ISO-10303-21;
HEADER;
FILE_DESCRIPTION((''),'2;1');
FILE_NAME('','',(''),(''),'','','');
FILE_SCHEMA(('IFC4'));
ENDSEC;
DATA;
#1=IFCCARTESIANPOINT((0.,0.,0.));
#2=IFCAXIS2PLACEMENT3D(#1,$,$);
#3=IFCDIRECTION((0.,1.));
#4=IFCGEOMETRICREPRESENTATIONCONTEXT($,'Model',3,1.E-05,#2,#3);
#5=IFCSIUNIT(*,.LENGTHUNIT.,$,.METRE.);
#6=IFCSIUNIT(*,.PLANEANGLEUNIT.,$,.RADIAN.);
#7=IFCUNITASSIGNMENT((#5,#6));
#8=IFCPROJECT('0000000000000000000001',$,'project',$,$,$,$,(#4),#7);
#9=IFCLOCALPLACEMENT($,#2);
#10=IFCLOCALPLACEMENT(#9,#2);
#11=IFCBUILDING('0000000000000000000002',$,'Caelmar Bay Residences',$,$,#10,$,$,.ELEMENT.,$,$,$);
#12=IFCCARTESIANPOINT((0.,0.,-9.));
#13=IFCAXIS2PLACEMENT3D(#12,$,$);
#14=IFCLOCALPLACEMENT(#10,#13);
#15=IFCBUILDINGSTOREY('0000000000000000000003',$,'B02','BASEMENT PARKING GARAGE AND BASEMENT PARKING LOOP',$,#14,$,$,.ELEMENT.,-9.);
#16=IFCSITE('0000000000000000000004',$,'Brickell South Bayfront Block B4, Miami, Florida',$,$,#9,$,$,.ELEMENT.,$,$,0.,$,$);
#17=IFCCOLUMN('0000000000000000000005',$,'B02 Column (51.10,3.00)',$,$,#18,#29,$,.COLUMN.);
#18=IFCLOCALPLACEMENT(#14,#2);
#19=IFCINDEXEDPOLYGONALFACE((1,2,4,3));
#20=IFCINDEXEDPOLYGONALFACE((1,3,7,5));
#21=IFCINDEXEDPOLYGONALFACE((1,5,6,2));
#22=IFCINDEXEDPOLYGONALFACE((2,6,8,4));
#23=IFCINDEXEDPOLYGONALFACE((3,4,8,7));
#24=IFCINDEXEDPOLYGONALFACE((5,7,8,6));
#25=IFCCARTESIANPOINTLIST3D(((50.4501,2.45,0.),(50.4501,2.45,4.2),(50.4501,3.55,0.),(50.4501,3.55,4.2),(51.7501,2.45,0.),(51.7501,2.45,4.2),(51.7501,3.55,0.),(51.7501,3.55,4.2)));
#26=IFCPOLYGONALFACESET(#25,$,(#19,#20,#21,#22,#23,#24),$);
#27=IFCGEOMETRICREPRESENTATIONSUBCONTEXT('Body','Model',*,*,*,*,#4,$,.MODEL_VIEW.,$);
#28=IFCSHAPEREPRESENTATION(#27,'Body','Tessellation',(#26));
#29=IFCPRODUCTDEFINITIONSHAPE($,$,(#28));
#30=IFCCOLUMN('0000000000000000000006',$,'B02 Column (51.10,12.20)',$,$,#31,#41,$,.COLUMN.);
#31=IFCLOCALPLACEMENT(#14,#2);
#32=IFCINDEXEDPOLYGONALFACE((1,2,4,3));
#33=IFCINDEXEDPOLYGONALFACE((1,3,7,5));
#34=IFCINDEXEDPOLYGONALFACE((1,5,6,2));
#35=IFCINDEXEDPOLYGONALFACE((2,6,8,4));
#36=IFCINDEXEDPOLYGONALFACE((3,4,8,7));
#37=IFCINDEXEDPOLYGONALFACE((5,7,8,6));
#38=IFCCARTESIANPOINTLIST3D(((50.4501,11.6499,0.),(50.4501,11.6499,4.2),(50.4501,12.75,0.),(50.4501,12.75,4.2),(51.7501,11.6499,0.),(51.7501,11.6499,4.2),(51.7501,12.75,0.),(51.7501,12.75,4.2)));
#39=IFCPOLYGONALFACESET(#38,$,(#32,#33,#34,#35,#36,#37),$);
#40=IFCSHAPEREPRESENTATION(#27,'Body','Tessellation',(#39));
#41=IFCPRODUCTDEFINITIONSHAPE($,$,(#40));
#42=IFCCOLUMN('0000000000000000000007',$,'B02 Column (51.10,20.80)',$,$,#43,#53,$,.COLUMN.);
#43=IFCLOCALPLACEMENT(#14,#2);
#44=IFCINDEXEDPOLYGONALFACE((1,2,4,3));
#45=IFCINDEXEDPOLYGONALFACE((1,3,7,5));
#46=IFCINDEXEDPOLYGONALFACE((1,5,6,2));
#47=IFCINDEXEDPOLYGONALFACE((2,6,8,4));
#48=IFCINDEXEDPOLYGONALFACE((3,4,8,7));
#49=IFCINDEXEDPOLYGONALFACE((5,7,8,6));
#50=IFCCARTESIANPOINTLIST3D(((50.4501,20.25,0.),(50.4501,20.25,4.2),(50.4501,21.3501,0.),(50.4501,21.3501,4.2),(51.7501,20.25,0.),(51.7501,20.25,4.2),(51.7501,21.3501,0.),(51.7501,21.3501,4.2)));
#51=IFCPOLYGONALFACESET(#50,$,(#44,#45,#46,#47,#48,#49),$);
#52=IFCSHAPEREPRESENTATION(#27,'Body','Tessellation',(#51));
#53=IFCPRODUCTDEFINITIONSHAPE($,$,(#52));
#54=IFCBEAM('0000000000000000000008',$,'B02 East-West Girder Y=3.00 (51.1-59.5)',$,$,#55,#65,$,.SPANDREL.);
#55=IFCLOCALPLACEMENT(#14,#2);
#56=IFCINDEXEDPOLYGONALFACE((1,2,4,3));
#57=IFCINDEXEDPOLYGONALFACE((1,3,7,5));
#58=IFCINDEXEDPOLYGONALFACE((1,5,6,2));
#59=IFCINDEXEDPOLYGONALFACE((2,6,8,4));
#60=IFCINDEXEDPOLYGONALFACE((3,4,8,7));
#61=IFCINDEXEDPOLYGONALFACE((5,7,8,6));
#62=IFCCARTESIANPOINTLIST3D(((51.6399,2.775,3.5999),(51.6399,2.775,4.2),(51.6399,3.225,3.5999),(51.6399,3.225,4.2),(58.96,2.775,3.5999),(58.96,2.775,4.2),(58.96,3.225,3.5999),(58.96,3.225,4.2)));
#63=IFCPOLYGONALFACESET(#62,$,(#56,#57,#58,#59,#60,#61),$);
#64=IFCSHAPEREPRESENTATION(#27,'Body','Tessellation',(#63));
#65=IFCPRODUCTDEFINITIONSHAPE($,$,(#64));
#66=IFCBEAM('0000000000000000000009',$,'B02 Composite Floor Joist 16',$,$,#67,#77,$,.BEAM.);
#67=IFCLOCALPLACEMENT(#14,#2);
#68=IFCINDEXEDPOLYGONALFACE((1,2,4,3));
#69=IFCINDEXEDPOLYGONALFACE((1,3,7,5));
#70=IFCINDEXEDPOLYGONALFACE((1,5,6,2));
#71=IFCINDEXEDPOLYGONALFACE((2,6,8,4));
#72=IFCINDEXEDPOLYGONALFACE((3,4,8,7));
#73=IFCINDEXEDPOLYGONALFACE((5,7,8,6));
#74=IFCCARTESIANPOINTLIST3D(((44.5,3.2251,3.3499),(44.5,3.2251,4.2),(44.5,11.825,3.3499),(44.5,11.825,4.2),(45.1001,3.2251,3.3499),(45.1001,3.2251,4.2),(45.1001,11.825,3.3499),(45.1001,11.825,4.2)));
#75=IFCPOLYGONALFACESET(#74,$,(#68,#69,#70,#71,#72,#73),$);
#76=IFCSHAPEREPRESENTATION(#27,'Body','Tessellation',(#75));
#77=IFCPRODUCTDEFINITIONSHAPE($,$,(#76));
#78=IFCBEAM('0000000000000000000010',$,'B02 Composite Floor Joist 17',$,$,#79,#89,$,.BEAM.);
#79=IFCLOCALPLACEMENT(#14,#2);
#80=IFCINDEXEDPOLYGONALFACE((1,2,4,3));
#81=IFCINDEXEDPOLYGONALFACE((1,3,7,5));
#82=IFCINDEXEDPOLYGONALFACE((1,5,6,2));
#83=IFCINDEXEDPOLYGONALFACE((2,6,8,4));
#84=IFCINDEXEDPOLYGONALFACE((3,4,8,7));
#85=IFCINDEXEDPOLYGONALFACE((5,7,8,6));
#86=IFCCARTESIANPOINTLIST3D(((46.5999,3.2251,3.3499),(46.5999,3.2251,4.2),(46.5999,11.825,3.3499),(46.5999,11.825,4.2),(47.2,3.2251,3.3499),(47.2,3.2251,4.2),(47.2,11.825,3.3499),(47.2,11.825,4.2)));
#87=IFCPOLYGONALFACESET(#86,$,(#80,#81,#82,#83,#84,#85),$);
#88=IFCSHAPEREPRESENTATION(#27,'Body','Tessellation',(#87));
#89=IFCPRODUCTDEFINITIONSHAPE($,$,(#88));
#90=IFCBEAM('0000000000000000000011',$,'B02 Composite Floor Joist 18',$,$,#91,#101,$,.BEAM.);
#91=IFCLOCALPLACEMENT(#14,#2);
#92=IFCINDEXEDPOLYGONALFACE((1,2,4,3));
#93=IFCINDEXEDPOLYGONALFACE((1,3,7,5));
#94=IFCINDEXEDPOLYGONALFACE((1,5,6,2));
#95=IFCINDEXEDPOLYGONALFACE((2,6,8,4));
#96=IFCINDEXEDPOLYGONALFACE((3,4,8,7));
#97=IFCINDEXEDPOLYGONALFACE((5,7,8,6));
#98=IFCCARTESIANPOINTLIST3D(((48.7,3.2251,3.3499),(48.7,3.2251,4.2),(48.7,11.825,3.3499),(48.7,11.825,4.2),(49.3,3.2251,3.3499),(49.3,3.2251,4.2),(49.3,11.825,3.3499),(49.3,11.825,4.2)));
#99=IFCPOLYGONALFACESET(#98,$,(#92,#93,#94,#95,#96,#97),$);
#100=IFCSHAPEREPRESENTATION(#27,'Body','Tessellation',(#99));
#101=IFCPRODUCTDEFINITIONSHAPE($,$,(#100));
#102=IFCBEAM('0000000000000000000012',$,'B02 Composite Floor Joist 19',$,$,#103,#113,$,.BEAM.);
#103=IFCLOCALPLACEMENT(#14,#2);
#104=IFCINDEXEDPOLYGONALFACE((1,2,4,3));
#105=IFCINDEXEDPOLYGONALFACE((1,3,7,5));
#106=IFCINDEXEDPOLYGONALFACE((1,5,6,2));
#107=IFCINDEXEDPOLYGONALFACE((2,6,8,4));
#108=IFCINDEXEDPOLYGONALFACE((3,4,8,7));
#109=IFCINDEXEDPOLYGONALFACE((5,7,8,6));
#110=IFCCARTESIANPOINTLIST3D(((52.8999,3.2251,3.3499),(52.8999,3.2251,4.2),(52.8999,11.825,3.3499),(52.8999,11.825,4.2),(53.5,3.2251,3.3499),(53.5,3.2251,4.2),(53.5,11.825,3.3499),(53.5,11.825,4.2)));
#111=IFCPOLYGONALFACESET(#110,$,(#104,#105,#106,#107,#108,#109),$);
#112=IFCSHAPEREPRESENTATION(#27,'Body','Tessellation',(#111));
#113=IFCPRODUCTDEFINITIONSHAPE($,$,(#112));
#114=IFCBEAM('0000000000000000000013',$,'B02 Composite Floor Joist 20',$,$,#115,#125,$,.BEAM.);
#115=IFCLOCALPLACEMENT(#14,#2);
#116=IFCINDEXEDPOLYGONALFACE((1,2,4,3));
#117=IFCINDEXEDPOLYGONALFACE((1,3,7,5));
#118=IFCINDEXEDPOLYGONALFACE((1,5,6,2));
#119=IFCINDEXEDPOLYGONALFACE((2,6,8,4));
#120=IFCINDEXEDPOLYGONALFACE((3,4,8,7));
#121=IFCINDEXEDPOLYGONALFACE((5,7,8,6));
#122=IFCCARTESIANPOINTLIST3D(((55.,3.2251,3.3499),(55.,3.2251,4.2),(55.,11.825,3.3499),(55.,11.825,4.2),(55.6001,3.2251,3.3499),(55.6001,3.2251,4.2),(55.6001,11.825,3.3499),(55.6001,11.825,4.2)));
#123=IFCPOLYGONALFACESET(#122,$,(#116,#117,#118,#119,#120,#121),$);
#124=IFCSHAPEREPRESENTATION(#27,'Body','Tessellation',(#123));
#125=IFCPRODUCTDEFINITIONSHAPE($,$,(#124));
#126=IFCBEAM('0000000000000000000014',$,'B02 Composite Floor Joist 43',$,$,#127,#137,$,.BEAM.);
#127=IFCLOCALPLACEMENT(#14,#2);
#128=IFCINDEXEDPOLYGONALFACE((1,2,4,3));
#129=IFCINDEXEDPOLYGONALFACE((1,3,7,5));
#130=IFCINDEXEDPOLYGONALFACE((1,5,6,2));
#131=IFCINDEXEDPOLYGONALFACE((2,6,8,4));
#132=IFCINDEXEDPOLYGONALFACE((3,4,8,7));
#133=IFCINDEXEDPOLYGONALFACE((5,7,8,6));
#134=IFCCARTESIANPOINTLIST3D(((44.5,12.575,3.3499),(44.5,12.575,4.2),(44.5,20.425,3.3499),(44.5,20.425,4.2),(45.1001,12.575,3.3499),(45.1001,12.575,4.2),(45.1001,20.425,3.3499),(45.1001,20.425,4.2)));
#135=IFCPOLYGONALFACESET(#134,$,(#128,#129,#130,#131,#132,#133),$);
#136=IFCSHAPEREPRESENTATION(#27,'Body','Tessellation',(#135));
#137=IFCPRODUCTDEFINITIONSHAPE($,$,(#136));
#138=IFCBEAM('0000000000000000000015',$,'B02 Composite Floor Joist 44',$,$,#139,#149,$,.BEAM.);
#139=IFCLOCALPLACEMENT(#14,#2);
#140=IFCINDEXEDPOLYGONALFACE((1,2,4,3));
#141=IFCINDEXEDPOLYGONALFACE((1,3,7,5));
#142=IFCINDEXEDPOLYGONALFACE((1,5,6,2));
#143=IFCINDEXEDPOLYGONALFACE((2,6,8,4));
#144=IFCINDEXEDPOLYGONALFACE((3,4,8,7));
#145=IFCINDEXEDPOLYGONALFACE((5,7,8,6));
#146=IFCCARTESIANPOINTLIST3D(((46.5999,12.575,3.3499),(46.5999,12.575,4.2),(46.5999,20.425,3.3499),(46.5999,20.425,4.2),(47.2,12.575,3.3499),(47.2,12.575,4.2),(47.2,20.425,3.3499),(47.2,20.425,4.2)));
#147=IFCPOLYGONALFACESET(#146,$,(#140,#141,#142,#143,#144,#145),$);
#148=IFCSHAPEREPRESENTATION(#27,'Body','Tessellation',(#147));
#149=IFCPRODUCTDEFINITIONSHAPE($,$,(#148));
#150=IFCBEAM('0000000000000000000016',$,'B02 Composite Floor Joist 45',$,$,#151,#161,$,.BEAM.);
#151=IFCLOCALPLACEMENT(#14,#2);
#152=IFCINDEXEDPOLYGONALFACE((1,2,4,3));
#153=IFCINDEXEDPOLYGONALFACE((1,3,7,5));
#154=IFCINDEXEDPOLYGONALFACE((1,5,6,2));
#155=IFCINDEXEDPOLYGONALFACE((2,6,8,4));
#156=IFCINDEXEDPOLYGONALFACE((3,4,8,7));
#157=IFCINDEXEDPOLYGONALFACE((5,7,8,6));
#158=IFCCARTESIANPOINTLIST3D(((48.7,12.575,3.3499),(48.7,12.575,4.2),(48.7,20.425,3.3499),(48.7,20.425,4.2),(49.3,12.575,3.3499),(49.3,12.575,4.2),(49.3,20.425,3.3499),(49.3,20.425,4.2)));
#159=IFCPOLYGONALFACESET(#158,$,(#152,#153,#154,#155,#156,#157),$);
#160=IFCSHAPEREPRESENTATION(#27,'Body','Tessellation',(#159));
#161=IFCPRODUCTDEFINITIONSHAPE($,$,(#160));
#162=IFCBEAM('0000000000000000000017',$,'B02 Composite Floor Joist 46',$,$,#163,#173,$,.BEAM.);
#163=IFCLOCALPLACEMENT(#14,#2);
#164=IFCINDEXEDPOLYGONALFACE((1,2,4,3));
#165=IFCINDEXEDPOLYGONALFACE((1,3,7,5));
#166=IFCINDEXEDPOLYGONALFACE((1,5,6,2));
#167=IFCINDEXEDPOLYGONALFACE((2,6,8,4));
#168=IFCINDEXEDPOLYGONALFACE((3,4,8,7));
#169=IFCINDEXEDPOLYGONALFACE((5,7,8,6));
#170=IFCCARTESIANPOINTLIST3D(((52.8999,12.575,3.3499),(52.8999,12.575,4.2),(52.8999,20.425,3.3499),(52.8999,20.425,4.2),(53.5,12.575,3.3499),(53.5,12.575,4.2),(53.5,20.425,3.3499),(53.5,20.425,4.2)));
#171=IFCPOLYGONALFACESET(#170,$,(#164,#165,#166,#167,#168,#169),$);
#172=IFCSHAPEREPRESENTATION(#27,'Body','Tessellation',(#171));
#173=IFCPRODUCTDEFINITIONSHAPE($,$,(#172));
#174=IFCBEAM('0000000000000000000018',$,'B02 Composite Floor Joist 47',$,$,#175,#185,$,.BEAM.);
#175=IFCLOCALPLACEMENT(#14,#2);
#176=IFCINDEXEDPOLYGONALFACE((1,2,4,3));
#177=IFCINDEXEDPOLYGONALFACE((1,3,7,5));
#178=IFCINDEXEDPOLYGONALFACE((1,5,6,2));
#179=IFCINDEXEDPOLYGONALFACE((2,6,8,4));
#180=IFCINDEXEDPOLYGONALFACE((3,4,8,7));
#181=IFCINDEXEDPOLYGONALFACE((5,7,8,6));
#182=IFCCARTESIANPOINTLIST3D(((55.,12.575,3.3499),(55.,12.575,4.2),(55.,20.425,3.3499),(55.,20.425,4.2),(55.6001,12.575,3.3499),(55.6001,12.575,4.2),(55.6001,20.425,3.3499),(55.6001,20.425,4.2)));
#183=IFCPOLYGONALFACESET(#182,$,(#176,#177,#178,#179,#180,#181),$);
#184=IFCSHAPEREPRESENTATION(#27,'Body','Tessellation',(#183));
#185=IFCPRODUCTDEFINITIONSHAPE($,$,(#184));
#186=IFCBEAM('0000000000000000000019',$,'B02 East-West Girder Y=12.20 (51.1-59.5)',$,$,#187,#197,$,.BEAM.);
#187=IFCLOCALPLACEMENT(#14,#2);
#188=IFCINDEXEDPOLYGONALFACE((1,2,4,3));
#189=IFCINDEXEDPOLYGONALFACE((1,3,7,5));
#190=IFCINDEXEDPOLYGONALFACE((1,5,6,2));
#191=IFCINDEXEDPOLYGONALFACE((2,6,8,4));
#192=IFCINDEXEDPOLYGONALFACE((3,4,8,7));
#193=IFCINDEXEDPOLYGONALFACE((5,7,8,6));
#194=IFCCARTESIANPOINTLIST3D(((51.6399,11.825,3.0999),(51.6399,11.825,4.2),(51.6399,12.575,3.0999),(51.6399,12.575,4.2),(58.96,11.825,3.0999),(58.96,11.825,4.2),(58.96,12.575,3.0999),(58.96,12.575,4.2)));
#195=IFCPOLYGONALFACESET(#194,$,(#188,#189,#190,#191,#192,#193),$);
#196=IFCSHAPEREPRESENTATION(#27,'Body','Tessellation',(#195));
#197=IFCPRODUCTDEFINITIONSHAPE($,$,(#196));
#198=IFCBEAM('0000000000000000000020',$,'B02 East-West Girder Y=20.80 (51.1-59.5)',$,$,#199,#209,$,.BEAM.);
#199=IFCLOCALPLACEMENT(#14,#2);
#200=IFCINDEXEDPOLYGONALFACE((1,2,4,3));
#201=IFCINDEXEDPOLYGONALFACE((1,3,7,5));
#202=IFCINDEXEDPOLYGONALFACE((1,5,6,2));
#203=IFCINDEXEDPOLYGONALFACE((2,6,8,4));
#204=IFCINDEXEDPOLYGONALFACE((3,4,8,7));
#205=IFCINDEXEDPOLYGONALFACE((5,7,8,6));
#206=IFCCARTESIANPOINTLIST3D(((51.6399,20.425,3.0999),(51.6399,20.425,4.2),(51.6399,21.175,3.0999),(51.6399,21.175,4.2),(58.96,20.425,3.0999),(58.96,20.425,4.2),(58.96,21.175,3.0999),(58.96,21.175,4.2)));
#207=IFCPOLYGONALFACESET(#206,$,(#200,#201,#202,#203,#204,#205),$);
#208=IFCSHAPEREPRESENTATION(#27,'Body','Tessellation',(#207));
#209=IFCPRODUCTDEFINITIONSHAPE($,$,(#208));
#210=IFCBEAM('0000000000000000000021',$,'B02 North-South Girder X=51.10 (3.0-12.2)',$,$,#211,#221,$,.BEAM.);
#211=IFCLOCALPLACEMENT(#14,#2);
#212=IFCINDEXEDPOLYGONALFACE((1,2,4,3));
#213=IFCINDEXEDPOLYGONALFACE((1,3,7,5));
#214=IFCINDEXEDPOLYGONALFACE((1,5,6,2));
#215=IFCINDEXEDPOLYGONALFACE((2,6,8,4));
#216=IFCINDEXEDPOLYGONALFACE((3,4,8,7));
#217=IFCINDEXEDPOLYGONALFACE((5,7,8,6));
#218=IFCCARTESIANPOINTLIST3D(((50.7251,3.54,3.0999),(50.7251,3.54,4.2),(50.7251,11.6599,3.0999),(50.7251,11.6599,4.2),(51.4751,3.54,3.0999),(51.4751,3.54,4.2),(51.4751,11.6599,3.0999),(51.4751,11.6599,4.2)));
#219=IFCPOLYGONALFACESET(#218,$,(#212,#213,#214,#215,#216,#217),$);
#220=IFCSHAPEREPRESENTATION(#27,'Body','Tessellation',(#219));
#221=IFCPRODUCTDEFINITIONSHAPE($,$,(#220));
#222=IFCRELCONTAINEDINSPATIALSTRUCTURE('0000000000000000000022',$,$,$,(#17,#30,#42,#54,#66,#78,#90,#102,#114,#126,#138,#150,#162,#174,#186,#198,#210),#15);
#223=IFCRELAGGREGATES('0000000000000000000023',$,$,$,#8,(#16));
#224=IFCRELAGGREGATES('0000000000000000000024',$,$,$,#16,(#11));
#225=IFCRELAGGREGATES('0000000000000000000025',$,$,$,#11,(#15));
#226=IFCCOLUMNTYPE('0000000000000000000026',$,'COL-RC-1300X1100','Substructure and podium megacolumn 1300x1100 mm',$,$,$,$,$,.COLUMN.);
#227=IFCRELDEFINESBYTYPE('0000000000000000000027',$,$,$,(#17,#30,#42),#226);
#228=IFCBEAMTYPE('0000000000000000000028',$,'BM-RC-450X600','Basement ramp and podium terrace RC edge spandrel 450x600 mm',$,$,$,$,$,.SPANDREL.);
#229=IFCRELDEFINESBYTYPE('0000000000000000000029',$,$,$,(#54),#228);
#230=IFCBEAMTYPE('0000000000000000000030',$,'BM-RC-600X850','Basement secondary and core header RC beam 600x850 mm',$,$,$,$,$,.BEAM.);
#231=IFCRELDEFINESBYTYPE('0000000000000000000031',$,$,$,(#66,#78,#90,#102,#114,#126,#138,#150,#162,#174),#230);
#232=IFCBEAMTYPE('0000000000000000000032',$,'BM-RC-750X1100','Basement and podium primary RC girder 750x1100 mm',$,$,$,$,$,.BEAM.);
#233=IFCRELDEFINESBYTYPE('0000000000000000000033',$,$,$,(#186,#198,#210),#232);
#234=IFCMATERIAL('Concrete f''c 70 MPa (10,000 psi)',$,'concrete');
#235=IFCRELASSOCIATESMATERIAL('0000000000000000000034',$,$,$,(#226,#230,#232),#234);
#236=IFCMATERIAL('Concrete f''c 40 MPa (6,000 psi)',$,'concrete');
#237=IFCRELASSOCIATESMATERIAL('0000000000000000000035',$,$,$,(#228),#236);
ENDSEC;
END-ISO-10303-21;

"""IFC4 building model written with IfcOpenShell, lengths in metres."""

from ifc_helpers import new_model, si_unit, direction, frame, origin, origin_2d, place, context, subcontext, project, spatial, rectangle, extrude, material, material_profile, profile_set, type_object, element, save


model = new_model("IFC4")

# Units and contexts
model_context = context("Model", 3, precision=1e-05, world=origin(), true_north=direction((0.0, 1.0)))
body_context = subcontext(model_context, "Body", "Model", "MODEL_VIEW")
ifc_project = project(units=[si_unit("LENGTHUNIT", "METRE"), si_unit("PLANEANGLEUNIT", "RADIAN")], contexts=[model_context])

# Site, building, storey
site_placement = place(None, origin())
site = spatial("IfcSite", under=ifc_project, at=site_placement, Name="Brickell South Bayfront Block B4, Miami, Florida", CompositionType="ELEMENT", RefElevation=0.0)
building_placement = place(site_placement, origin())
building = spatial("IfcBuilding", under=site, at=building_placement, Name="Caelmar Bay Residences", CompositionType="ELEMENT")
storey_placement = place(building_placement, frame((0.0, 0.0, -9.0)))
storey = spatial("IfcBuildingStorey", under=building, at=storey_placement, Name="B02", Description="BASEMENT PARKING GARAGE AND BASEMENT PARKING LOOP", CompositionType="ELEMENT", Elevation=-9.0)

# Columns
ifc_material_1 = material(Name="Concrete f'c 70 MPa (10,000 psi)", Category="concrete")
ifc_material_profile_1 = material_profile(ifc_material_1, rectangle(XDim=1.3, YDim=1.1001, at=origin_2d()), Name="RC-COL-1300X1100")
ifc_profile_set_1 = profile_set([ifc_material_profile_1], Name="Concrete f'c 70 MPa (10,000 psi)")
column_type = type_object("IfcColumnType", Name="COL-RC-1300X1100", Description="Substructure and podium megacolumn 1300x1100 mm", PredefinedType="COLUMN", material=ifc_profile_set_1)
for number, where, z_axis, x_axis, name in (
    (1, (51.1001, 3.0, 0.0), (0.0, 0.0, 1.0), (1.0, 0.0, 0.0), "B02 Column (51.10,3.00)"),
    (2, (51.1001, 12.2, 0.0), (0.0, 0.0, 1.0), (1.0, 0.0, 0.0), "B02 Column (51.10,12.20)"),
    (3, (51.1001, 20.8, 0.0), (0.0, 0.0, 1.0), (1.0, 0.0, 0.0), "B02 Column (51.10,20.80)"),
):
    element("IfcColumn", number, at=place(storey_placement, frame(where, z_axis=z_axis, x_axis=x_axis)), inside=storey, type_object=column_type, Name=name, PredefinedType="COLUMN", context=body_context, shape_type="SweptSolid", body=[
        extrude(rectangle(XDim=1.3, YDim=1.1001, at=origin_2d()), origin(), (0.0, 0.0, 1.0), 4.2),
    ])

# Beams
ifc_material_2 = material(Name="Concrete f'c 40 MPa (6,000 psi)", Category="concrete")
ifc_material_profile_2 = material_profile(ifc_material_2, rectangle(XDim=0.45, YDim=0.6001, at=origin_2d()), Name="RC-BM-450X600")
ifc_profile_set_2 = profile_set([ifc_material_profile_2], Name="Concrete f'c 40 MPa (6,000 psi)")
beam_type_1 = type_object("IfcBeamType", Name="BM-RC-450X600", Description="Basement ramp and podium terrace RC edge spandrel 450x600 mm", PredefinedType="SPANDREL", material=ifc_profile_set_2)
beam_1_placement = place(storey_placement, frame((51.6399, 3.0, 3.8999), z_axis=(1.0, 0.0, 0.0), x_axis=(0.0, 1.0, 0.0)))
element("IfcBeam", 4, at=beam_1_placement, inside=storey, type_object=beam_type_1, Name="B02 East-West Girder Y=3.00 (51.1-59.5)", PredefinedType="SPANDREL", context=body_context, shape_type="SweptSolid", body=[
    extrude(rectangle(XDim=0.45, YDim=0.6001, at=origin_2d()), origin(), (0.0, 0.0, 1.0), 7.3201),
])
ifc_material_profile_3 = material_profile(ifc_material_1, rectangle(XDim=0.6001, YDim=0.8501, at=origin_2d()), Name="RC-BM-600X850")
ifc_profile_set_3 = profile_set([ifc_material_profile_3], Name="Concrete f'c 70 MPa (10,000 psi)")
beam_type_2 = type_object("IfcBeamType", Name="BM-RC-600X850", Description="Basement secondary and core header RC beam 600x850 mm", PredefinedType="BEAM", material=ifc_profile_set_3)
for number, where, z_axis, x_axis, name in (
    (5, (44.8, 3.2251, 3.7749), (0.0, 1.0, 0.0), (-1.0, 0.0, 0.0), "B02 Composite Floor Joist 16"),
    (6, (46.8999, 3.2251, 3.7749), (0.0, 1.0, 0.0), (-1.0, 0.0, 0.0), "B02 Composite Floor Joist 17"),
    (7, (49.0, 3.2251, 3.7749), (0.0, 1.0, 0.0), (-1.0, 0.0, 0.0), "B02 Composite Floor Joist 18"),
    (8, (53.2, 3.2251, 3.7749), (0.0, 1.0, 0.0), (-1.0, 0.0, 0.0), "B02 Composite Floor Joist 19"),
    (9, (55.3, 3.2251, 3.7749), (0.0, 1.0, 0.0), (-1.0, 0.0, 0.0), "B02 Composite Floor Joist 20"),
):
    element("IfcBeam", number, at=place(storey_placement, frame(where, z_axis=z_axis, x_axis=x_axis)), inside=storey, type_object=beam_type_2, Name=name, PredefinedType="BEAM", context=body_context, shape_type="SweptSolid", body=[
        extrude(rectangle(XDim=0.6001, YDim=0.8501, at=origin_2d()), origin(), (0.0, 0.0, 1.0), 8.5999),
    ])
for number, where, z_axis, x_axis, name in (
    (10, (44.8, 12.575, 3.7749), (0.0, 1.0, 0.0), (-1.0, 0.0, 0.0), "B02 Composite Floor Joist 43"),
    (11, (46.8999, 12.575, 3.7749), (0.0, 1.0, 0.0), (-1.0, 0.0, 0.0), "B02 Composite Floor Joist 44"),
    (12, (49.0, 12.575, 3.7749), (0.0, 1.0, 0.0), (-1.0, 0.0, 0.0), "B02 Composite Floor Joist 45"),
    (13, (53.2, 12.575, 3.7749), (0.0, 1.0, 0.0), (-1.0, 0.0, 0.0), "B02 Composite Floor Joist 46"),
    (14, (55.3, 12.575, 3.7749), (0.0, 1.0, 0.0), (-1.0, 0.0, 0.0), "B02 Composite Floor Joist 47"),
):
    element("IfcBeam", number, at=place(storey_placement, frame(where, z_axis=z_axis, x_axis=x_axis)), inside=storey, type_object=beam_type_2, Name=name, PredefinedType="BEAM", context=body_context, shape_type="SweptSolid", body=[
        extrude(rectangle(XDim=0.6001, YDim=0.8501, at=origin_2d()), origin(), (0.0, 0.0, 1.0), 7.8501),
    ])
ifc_material_profile_4 = material_profile(ifc_material_1, rectangle(XDim=0.75, YDim=1.1001, at=origin_2d()), Name="RC-BM-750X1100")
ifc_profile_set_4 = profile_set([ifc_material_profile_4], Name="Concrete f'c 70 MPa (10,000 psi)")
beam_type_3 = type_object("IfcBeamType", Name="BM-RC-750X1100", Description="Basement and podium primary RC girder 750x1100 mm", PredefinedType="BEAM", material=ifc_profile_set_4)
for number, where, z_axis, x_axis, name in (
    (15, (51.6399, 12.2, 3.6499), (1.0, 0.0, 0.0), (0.0, 1.0, 0.0), "B02 East-West Girder Y=12.20 (51.1-59.5)"),
    (16, (51.6399, 20.8, 3.6499), (1.0, 0.0, 0.0), (0.0, 1.0, 0.0), "B02 East-West Girder Y=20.80 (51.1-59.5)"),
):
    element("IfcBeam", number, at=place(storey_placement, frame(where, z_axis=z_axis, x_axis=x_axis)), inside=storey, type_object=beam_type_3, Name=name, PredefinedType="BEAM", context=body_context, shape_type="SweptSolid", body=[
        extrude(rectangle(XDim=0.75, YDim=1.1001, at=origin_2d()), origin(), (0.0, 0.0, 1.0), 7.3201),
    ])
beam_2_placement = place(storey_placement, frame((51.1001, 3.54, 3.6499), z_axis=(0.0, 1.0, 0.0), x_axis=(-1.0, 0.0, 0.0)))
element("IfcBeam", 17, at=beam_2_placement, inside=storey, type_object=beam_type_3, Name="B02 North-South Girder X=51.10 (3.0-12.2)", PredefinedType="BEAM", context=body_context, shape_type="SweptSolid", body=[
    extrude(rectangle(XDim=0.75, YDim=1.1001, at=origin_2d()), origin(), (0.0, 0.0, 1.0), 8.1199),
])

save(model, "model.ifc")
